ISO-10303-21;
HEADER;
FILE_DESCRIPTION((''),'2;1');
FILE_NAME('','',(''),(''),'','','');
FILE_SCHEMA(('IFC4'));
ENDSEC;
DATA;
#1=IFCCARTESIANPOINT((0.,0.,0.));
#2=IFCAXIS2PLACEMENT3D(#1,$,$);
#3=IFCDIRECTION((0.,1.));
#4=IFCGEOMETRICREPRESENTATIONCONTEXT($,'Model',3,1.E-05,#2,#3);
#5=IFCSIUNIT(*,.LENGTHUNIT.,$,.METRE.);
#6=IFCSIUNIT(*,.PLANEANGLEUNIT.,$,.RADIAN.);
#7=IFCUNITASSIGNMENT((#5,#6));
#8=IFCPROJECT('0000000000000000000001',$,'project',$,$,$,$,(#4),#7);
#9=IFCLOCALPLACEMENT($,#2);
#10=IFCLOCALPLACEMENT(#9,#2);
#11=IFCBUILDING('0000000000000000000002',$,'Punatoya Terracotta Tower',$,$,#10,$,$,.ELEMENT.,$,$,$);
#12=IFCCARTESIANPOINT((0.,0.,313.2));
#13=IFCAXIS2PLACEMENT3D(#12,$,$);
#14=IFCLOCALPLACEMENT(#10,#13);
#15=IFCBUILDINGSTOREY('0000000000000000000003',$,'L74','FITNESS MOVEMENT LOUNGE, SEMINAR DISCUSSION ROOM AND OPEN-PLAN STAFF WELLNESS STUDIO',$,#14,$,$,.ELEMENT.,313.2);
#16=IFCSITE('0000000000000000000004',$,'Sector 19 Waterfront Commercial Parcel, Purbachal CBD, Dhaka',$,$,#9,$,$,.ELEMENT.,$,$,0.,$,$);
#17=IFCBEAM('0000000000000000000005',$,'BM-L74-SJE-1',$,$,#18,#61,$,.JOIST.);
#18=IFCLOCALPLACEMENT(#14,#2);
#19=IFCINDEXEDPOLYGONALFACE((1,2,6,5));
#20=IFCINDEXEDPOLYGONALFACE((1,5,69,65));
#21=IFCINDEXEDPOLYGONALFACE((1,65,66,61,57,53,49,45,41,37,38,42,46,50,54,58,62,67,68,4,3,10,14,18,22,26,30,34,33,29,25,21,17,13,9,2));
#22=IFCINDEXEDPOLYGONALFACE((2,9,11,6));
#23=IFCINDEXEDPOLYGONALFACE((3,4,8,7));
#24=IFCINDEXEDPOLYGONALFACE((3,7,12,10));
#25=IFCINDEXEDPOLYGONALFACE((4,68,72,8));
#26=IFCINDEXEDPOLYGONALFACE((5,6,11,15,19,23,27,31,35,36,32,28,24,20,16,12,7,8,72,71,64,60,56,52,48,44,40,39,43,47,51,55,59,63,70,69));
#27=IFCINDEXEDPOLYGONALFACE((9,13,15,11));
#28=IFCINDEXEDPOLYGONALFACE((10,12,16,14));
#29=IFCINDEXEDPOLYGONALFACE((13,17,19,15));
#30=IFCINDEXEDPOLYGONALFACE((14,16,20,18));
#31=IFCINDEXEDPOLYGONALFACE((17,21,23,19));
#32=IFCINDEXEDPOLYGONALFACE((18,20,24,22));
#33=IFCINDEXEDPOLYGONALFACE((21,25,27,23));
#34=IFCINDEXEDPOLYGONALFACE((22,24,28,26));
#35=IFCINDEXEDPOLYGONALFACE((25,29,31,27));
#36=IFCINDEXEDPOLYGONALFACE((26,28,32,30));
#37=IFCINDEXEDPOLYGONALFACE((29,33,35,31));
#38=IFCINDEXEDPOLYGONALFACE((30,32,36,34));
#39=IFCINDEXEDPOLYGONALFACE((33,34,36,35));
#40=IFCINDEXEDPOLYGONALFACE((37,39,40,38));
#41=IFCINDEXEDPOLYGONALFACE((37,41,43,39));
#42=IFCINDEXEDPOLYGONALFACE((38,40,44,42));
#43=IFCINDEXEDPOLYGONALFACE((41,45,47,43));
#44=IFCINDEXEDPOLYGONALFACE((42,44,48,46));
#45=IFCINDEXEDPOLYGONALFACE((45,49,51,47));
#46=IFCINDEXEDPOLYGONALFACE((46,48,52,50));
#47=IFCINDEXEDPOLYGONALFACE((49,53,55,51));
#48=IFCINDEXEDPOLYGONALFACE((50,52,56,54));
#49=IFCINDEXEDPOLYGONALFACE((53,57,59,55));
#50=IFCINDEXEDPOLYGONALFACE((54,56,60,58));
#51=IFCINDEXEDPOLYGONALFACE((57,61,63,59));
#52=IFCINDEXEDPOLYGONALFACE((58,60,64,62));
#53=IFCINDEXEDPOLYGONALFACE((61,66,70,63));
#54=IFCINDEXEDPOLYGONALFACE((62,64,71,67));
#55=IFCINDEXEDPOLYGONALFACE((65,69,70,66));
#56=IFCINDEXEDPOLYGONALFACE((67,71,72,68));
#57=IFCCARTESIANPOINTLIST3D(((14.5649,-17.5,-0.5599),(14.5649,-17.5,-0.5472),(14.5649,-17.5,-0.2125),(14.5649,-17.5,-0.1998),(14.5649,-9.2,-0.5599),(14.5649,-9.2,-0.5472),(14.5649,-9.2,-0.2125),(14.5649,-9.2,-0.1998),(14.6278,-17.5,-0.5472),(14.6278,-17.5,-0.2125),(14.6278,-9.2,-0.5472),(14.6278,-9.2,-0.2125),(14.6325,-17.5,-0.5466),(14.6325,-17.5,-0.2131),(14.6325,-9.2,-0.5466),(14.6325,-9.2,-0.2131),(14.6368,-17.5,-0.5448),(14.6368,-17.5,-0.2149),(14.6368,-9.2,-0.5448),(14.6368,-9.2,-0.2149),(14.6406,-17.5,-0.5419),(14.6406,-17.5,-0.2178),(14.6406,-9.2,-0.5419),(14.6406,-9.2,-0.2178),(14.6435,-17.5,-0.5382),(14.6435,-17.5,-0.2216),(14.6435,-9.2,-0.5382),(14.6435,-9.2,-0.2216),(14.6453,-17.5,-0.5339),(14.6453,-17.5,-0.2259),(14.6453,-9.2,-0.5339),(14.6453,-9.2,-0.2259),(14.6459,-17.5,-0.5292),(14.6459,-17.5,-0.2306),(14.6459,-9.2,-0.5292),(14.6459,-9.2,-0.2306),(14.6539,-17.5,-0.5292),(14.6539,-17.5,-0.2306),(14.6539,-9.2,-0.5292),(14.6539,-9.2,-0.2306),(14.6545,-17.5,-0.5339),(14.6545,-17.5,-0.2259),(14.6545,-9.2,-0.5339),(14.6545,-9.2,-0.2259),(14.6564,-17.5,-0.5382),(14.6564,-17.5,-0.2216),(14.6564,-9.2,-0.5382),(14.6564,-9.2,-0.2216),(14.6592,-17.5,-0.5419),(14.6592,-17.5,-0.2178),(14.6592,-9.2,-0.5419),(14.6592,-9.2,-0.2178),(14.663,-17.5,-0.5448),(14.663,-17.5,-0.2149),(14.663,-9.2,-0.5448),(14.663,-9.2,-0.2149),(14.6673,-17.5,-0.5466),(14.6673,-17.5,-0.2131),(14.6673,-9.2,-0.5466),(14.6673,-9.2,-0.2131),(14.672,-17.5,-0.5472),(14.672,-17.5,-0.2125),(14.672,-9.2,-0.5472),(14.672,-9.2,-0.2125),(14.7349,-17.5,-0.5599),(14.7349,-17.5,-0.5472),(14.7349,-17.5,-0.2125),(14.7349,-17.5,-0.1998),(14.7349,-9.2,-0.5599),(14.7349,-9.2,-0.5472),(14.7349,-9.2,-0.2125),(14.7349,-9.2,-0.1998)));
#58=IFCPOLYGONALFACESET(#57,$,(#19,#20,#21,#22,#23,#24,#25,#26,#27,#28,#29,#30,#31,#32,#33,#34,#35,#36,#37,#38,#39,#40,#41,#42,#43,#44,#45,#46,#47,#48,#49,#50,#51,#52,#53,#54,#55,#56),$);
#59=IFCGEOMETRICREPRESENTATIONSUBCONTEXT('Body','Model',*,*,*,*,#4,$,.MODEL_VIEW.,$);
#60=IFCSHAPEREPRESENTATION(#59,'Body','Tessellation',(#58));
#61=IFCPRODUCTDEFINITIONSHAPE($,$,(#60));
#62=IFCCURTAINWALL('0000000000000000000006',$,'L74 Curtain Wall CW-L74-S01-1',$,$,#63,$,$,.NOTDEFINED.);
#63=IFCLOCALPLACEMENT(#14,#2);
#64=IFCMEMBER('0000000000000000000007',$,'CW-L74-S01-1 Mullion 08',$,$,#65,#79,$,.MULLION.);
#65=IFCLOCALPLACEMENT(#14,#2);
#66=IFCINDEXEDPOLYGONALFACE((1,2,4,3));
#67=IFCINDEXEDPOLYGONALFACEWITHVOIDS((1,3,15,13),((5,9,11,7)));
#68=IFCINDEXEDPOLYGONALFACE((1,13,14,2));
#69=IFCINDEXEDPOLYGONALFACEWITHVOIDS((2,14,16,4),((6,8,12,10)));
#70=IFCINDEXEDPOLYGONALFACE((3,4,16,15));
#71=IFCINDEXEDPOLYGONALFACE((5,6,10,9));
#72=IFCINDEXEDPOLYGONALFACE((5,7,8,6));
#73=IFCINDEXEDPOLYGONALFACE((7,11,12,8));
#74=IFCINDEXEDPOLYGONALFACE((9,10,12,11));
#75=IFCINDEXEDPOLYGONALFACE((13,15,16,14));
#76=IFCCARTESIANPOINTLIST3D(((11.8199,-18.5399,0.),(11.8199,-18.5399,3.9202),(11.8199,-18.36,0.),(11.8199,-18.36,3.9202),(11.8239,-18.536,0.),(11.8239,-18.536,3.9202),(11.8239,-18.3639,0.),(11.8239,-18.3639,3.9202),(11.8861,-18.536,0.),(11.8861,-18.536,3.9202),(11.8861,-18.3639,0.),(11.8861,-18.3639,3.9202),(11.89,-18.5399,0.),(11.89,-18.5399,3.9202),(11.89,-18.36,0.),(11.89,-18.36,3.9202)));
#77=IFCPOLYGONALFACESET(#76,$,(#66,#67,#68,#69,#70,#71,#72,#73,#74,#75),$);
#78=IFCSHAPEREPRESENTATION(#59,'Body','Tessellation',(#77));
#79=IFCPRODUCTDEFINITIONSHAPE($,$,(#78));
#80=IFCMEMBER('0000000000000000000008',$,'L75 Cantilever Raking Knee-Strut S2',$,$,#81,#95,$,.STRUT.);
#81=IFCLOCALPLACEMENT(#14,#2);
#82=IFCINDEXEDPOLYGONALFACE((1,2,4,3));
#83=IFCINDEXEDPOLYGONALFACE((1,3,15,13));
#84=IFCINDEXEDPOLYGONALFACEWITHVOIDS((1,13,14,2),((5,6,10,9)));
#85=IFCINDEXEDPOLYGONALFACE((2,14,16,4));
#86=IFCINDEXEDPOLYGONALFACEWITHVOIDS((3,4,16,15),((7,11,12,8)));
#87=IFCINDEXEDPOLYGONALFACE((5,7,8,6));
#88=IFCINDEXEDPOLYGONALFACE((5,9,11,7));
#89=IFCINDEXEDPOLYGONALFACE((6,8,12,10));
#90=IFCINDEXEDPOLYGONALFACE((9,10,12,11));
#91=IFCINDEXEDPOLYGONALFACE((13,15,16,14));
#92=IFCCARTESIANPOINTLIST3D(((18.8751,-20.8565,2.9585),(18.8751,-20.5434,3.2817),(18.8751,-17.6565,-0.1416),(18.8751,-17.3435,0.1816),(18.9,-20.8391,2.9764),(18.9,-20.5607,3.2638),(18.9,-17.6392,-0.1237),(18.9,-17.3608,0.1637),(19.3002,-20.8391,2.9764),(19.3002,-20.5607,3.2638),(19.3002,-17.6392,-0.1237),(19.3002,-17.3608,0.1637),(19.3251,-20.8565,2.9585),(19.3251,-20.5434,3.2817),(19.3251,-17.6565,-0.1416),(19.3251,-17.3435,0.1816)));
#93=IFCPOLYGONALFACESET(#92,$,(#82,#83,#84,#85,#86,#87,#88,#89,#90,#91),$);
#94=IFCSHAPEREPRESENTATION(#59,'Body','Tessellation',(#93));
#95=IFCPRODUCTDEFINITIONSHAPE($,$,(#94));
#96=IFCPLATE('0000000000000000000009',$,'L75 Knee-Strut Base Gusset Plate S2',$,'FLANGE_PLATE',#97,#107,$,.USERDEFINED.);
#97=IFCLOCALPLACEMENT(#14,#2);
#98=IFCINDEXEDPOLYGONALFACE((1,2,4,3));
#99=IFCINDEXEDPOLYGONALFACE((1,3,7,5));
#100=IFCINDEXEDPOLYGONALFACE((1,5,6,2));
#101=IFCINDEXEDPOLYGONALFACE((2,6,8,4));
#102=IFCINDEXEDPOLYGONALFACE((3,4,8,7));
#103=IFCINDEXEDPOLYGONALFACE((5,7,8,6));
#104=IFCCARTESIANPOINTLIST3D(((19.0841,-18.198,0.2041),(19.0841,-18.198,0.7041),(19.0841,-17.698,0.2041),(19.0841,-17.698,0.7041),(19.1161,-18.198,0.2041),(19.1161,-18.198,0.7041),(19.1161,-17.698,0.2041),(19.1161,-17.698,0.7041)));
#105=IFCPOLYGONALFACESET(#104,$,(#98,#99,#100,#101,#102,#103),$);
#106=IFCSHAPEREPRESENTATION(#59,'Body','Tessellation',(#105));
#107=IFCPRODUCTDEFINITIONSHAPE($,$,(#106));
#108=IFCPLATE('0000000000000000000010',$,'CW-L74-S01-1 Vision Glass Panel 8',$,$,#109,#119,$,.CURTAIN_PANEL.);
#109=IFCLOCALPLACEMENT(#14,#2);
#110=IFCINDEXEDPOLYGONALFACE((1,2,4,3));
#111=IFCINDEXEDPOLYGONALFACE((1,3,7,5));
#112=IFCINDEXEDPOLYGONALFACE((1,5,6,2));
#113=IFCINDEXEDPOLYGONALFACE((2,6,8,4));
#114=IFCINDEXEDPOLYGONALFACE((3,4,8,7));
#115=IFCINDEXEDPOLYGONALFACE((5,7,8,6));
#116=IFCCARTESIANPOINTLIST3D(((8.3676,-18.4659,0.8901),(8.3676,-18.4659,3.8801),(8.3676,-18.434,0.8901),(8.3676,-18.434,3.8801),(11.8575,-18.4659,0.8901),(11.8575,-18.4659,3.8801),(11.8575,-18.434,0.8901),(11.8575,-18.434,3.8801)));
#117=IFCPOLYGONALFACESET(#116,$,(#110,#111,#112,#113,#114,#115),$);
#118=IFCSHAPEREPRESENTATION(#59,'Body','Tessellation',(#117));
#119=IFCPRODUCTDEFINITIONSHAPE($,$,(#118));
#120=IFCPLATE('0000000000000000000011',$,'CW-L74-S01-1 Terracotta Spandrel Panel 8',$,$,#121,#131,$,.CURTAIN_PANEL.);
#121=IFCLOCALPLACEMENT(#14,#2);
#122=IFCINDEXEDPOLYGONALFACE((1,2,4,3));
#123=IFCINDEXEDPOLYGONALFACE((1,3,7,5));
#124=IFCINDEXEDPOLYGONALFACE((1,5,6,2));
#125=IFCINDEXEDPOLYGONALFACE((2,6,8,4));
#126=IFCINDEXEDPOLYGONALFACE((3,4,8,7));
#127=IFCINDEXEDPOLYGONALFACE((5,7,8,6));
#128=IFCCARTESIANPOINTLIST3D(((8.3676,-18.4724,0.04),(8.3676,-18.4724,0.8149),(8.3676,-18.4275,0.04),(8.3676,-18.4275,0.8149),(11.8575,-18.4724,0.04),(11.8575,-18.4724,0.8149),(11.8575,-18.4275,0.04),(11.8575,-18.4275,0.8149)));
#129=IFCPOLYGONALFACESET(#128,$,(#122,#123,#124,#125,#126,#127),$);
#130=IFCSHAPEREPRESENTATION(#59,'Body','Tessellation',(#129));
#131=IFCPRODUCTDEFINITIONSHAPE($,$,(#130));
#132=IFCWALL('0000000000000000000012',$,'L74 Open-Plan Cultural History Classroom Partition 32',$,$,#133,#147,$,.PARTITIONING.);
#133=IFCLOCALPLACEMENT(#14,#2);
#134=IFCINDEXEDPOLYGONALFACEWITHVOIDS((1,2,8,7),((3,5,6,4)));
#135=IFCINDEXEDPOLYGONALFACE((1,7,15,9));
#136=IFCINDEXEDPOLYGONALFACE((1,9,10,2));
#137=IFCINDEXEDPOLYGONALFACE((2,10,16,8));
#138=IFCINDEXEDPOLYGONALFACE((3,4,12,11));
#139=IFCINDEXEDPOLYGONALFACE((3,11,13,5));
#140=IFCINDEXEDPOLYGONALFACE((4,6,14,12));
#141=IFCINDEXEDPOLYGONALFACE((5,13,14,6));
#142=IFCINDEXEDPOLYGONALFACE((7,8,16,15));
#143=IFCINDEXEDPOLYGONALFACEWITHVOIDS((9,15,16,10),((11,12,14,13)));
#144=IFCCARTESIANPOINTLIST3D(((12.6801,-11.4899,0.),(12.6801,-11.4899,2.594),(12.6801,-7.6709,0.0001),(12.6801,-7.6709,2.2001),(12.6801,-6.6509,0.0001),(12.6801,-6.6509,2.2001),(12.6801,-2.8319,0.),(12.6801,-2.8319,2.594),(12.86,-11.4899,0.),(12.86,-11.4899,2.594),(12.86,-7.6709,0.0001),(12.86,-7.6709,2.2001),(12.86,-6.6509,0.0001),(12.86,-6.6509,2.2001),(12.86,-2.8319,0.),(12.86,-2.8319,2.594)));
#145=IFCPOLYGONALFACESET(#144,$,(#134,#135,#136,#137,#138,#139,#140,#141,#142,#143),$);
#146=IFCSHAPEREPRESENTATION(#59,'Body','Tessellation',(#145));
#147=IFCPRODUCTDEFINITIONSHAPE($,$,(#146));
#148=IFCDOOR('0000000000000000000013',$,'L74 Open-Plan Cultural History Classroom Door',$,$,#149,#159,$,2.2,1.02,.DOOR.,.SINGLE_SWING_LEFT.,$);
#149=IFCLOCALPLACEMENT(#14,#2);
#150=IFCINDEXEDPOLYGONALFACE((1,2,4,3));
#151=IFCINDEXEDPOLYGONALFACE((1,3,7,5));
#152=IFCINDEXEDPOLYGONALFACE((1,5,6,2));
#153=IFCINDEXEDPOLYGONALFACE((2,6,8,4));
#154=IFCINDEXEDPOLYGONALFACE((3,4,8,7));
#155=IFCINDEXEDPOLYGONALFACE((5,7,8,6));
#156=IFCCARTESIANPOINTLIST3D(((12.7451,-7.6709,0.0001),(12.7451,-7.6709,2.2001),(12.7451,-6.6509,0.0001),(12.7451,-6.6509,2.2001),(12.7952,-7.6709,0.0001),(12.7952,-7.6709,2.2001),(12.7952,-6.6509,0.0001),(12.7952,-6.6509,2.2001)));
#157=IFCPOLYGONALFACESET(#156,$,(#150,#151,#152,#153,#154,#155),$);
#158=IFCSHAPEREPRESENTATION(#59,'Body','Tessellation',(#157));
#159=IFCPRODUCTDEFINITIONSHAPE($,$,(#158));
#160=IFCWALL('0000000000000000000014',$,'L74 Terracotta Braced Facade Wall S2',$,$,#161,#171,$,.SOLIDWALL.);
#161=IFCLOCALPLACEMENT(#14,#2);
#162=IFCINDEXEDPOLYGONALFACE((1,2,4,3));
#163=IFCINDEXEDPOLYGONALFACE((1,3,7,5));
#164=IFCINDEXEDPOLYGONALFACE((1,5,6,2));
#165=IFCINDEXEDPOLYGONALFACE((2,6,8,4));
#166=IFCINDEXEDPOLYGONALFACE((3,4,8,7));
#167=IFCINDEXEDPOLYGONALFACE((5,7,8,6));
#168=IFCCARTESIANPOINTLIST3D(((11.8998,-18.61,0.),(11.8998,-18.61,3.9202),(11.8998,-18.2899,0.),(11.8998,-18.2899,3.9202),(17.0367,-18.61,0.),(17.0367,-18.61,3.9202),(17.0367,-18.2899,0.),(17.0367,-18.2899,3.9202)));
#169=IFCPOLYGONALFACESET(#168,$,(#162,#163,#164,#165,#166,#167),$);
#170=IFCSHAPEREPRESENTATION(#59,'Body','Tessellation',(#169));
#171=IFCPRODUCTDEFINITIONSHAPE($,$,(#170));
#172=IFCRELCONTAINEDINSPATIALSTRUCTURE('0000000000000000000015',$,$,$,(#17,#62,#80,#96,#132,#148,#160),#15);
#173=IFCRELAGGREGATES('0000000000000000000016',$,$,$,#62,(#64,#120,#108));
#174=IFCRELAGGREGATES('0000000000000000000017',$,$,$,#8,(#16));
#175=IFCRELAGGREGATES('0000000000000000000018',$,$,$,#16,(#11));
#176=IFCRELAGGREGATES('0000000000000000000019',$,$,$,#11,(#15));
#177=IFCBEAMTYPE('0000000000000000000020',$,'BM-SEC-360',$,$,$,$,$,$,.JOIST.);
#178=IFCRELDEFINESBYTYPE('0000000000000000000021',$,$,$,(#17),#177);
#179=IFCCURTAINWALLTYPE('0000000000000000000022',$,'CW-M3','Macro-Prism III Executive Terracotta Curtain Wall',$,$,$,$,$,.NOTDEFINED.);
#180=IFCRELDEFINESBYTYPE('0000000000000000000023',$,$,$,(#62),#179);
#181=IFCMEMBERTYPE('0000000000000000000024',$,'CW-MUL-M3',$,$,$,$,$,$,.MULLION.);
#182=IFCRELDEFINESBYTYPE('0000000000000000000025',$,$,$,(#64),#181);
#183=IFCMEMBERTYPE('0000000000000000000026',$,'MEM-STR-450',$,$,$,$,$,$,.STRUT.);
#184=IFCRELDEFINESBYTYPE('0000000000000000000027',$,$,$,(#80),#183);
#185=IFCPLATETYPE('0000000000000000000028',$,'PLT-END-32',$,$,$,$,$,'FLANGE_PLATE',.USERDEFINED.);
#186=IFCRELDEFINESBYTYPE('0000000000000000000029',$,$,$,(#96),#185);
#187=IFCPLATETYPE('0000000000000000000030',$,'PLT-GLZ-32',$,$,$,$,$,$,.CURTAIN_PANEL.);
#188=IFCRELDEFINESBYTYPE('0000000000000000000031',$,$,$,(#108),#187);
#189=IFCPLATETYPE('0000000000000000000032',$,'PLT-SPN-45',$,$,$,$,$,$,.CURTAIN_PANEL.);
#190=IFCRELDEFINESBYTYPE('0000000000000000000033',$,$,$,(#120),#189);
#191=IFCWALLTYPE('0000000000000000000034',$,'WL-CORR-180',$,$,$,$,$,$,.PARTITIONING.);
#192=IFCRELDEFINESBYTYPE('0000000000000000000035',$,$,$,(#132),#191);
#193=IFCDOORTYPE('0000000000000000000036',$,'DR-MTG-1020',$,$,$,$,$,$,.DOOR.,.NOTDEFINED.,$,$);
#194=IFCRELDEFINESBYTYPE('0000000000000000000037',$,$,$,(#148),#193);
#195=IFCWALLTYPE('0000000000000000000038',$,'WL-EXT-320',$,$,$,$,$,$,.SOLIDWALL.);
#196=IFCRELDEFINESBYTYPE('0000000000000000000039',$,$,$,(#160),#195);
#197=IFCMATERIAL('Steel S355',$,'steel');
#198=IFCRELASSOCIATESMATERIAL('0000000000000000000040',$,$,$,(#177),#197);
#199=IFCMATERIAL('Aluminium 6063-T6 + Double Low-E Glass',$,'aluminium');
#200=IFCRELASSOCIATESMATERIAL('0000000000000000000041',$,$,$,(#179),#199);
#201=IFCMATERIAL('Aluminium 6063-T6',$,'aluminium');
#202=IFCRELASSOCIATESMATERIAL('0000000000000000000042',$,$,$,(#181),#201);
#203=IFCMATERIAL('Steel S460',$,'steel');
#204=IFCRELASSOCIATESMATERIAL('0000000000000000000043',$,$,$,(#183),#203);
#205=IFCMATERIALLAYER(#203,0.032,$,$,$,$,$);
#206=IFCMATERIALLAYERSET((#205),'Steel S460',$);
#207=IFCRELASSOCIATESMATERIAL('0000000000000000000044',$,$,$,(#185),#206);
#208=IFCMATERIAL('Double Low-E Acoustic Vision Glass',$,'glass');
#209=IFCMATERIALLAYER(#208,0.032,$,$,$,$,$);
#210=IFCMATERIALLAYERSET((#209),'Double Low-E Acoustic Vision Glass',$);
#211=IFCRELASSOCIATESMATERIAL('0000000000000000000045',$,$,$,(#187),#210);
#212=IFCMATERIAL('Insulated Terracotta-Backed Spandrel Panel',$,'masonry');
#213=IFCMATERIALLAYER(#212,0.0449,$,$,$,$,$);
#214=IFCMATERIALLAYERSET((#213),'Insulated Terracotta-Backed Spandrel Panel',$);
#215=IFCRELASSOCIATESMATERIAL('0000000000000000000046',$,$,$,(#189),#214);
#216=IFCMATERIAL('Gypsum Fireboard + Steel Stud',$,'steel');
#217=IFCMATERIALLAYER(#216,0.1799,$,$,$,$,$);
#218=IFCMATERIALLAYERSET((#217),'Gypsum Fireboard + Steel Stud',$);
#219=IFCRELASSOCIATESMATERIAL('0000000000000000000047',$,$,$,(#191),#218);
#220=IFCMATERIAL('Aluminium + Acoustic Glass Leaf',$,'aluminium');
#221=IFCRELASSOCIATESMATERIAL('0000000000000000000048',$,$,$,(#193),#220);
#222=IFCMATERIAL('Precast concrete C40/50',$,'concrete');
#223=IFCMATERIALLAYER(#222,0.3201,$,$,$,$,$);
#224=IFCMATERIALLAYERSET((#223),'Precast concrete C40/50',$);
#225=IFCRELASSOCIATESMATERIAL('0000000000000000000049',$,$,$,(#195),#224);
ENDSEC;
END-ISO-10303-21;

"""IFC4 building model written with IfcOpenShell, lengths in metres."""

from ifc_helpers import new_model, si_unit, direction, frame, frame_2d, origin, origin_2d, place, context, subcontext, project, spatial, rectangle, hollow_rectangle, i_section, extrude, material, layer, layer_set, material_profile, profile_set, type_object, element, fill, aggregate, save


model = new_model("IFC4")

# Units and contexts
model_context = context("Model", 3, precision=1e-05, world=origin(), true_north=direction((0.0, 1.0)))
body_context = subcontext(model_context, "Body", "Model", "MODEL_VIEW")
ifc_project = project(units=[si_unit("LENGTHUNIT", "METRE"), si_unit("PLANEANGLEUNIT", "RADIAN")], contexts=[model_context])

# Site, building, storey
site_placement = place(None, origin())
site = spatial("IfcSite", under=ifc_project, at=site_placement, Name="Sector 19 Waterfront Commercial Parcel, Purbachal CBD, Dhaka", CompositionType="ELEMENT", RefElevation=0.0)
building_placement = place(site_placement, origin())
building = spatial("IfcBuilding", under=site, at=building_placement, Name="Punatoya Terracotta Tower", CompositionType="ELEMENT")
storey_placement = place(building_placement, frame((0.0, 0.0, 313.2)))
storey = spatial("IfcBuildingStorey", under=building, at=storey_placement, Name="L74", Description="FITNESS MOVEMENT LOUNGE, SEMINAR DISCUSSION ROOM AND OPEN-PLAN STAFF WELLNESS STUDIO", CompositionType="ELEMENT", Elevation=313.2)

# Shared definitions
ifc_material_1 = material(Name="Steel S460", Category="steel")

# Beam
ifc_material_2 = material(Name="Steel S355", Category="steel")
ifc_material_profile_1 = material_profile(ifc_material_2, i_section(OverallWidth=0.1699, OverallDepth=0.3601, WebThickness=0.0081, FlangeThickness=0.0127, FilletRadius=0.0181, at=origin_2d()))
ifc_profile_set_1 = profile_set([ifc_material_profile_1], Name="Steel S355")
beam_type_1 = type_object("IfcBeamType", Name="BM-SEC-360", PredefinedType="JOIST", material=ifc_profile_set_1)
beam_1_placement = place(storey_placement, frame((14.6499, -17.5, -0.3799), z_axis=(0.0, 1.0, 0.0), x_axis=(-1.0, 0.0, 0.0)))
element("IfcBeam", 1, at=beam_1_placement, inside=storey, type_object=beam_type_1, Name="BM-L74-SJE-1", PredefinedType="JOIST", context=body_context, shape_type="SweptSolid", body=[
    extrude(i_section(OverallWidth=0.1699, OverallDepth=0.3601, WebThickness=0.0081, FlangeThickness=0.0127, FilletRadius=0.0181, at=origin_2d()), origin(), (0.0, 0.0, 1.0), 8.3),
])

# Curtain wall, member
ifc_material_3 = material(Name="Aluminium 6063-T6 + Double Low-E Glass", Category="aluminium")
curtain_wall_type = type_object("IfcCurtainWallType", Name="CW-M3", Description="Macro-Prism III Executive Terracotta Curtain Wall", PredefinedType="NOTDEFINED", material=ifc_material_3)
curtain_wall_placement = place(storey_placement, origin())
curtain_wall = element("IfcCurtainWall", 2, at=curtain_wall_placement, inside=storey, type_object=curtain_wall_type, Name="L74 Curtain Wall CW-L74-S01-1", PredefinedType="NOTDEFINED")
ifc_material_4 = material(Name="Aluminium 6063-T6", Category="aluminium")
ifc_material_profile_2 = material_profile(ifc_material_4, hollow_rectangle(XDim=0.0701, YDim=0.1799, WallThickness=0.0039, at=origin_2d()))
ifc_profile_set_2 = profile_set([ifc_material_profile_2], Name="Aluminium 6063-T6")
member_type_1 = type_object("IfcMemberType", Name="CW-MUL-M3", PredefinedType="MULLION", material=ifc_profile_set_2)
member_1_placement = place(storey_placement, frame((11.855, -18.45, 0.0), z_axis=(0.0, 0.0, 1.0), x_axis=(1.0, 0.0, 0.0)))
member_1 = element("IfcMember", 3, at=member_1_placement, type_object=member_type_1, Name="CW-L74-S01-1 Mullion 08", PredefinedType="MULLION", context=body_context, shape_type="SweptSolid", body=[
    extrude(hollow_rectangle(XDim=0.0701, YDim=0.1799, WallThickness=0.0039, at=origin_2d()), origin(), (0.0, 0.0, 1.0), 3.9202),
])

# Member
ifc_material_profile_3 = material_profile(ifc_material_1, hollow_rectangle(XDim=0.45, YDim=0.45, WallThickness=0.0249, at=origin_2d()))
ifc_profile_set_3 = profile_set([ifc_material_profile_3], Name="Steel S460")
member_type_2 = type_object("IfcMemberType", Name="MEM-STR-450", PredefinedType="STRUT", material=ifc_profile_set_3)
member_2_placement = place(storey_placement, frame((19.1001, -17.5, 0.02), z_axis=(0.0, -0.718224, 0.695812), x_axis=(1.0, 0.0, 0.0)))
element("IfcMember", 4, at=member_2_placement, inside=storey, type_object=member_type_2, Name="L75 Cantilever Raking Knee-Strut S2", PredefinedType="STRUT", context=body_context, shape_type="SweptSolid", body=[
    extrude(hollow_rectangle(XDim=0.45, YDim=0.45, WallThickness=0.0249, at=origin_2d()), origin(), (0.0, 0.0, 1.0), 4.4553),
])

# Plates
ifc_layer_1 = layer(ifc_material_1, 0.032)
ifc_layer_set_1 = layer_set([ifc_layer_1], Name="Steel S460")
plate_type_1 = type_object("IfcPlateType", Name="PLT-END-32", ElementType="FLANGE_PLATE", PredefinedType="USERDEFINED", material=ifc_layer_set_1)
plate_1_placement = place(storey_placement, frame((19.1001, -17.948, 0.2041), z_axis=(0.0, 0.0, 1.0), x_axis=(0.0, 1.0, 0.0)))
element("IfcPlate", 5, at=plate_1_placement, inside=storey, type_object=plate_type_1, Name="L75 Knee-Strut Base Gusset Plate S2", ObjectType="FLANGE_PLATE", PredefinedType="USERDEFINED", context=body_context, shape_type="SweptSolid", body=[
    extrude(rectangle(XDim=0.5, YDim=0.032, at=origin_2d()), origin(), (0.0, 0.0, 1.0), 0.5),
])
ifc_material_5 = material(Name="Double Low-E Acoustic Vision Glass", Category="glass")
ifc_layer_2 = layer(ifc_material_5, 0.032)
ifc_layer_set_2 = layer_set([ifc_layer_2], Name="Double Low-E Acoustic Vision Glass")
plate_type_2 = type_object("IfcPlateType", Name="PLT-GLZ-32", PredefinedType="CURTAIN_PANEL", material=ifc_layer_set_2)
plate_2_placement = place(storey_placement, frame((10.1125, -18.45, 0.8901), z_axis=(0.0, 0.0, 1.0), x_axis=(1.0, 0.0, 0.0)))
plate_2 = element("IfcPlate", 6, at=plate_2_placement, type_object=plate_type_2, Name="CW-L74-S01-1 Vision Glass Panel 8", PredefinedType="CURTAIN_PANEL", context=body_context, shape_type="SweptSolid", body=[
    extrude(rectangle(XDim=3.49, YDim=0.032, at=origin_2d()), origin(), (0.0, 0.0, 1.0), 2.99),
])
ifc_material_6 = material(Name="Insulated Terracotta-Backed Spandrel Panel", Category="masonry")
ifc_layer_3 = layer(ifc_material_6, 0.0449)
ifc_layer_set_3 = layer_set([ifc_layer_3], Name="Insulated Terracotta-Backed Spandrel Panel")
plate_type_3 = type_object("IfcPlateType", Name="PLT-SPN-45", PredefinedType="CURTAIN_PANEL", material=ifc_layer_set_3)
plate_3_placement = place(storey_placement, frame((10.1125, -18.45, 0.04), z_axis=(0.0, 0.0, 1.0), x_axis=(1.0, 0.0, 0.0)))
plate_3 = element("IfcPlate", 7, at=plate_3_placement, type_object=plate_type_3, Name="CW-L74-S01-1 Terracotta Spandrel Panel 8", PredefinedType="CURTAIN_PANEL", context=body_context, shape_type="SweptSolid", body=[
    extrude(rectangle(XDim=3.49, YDim=0.0449, at=origin_2d()), origin(), (0.0, 0.0, 1.0), 0.7749),
])
aggregate(curtain_wall, [member_1, plate_3, plate_2])

# Wall, opening, door
ifc_material_7 = material(Name="Gypsum Fireboard + Steel Stud", Category="steel")
ifc_layer_4 = layer(ifc_material_7, 0.1799)
ifc_layer_set_4 = layer_set([ifc_layer_4], Name="Gypsum Fireboard + Steel Stud")
wall_type_1 = type_object("IfcWallType", Name="WL-CORR-180", PredefinedType="PARTITIONING", material=ifc_layer_set_4)
wall_1_placement = place(storey_placement, frame((12.77, -11.49, 0.0), z_axis=(0.0, 0.0, 1.0), x_axis=(0.0, 1.0, 0.0)))
wall_1 = element("IfcWall", 8, at=wall_1_placement, inside=storey, type_object=wall_type_1, Name="L74 Open-Plan Cultural History Classroom Partition 32", PredefinedType="PARTITIONING", context=body_context, shape_type="SweptSolid", body=[
    extrude(rectangle(XDim=8.658, YDim=0.1799, at=frame_2d((4.3291, 0.0))), origin(), (0.0, 0.0, 1.0), 2.594),
])
opening_placement = place(wall_1_placement, frame((3.8191, 0.0, 0.0)))
opening = element("IfcOpeningElement", 9, at=opening_placement, cuts=wall_1, PredefinedType="OPENING", context=body_context, shape_type="SweptSolid", body=[
    extrude(rectangle(XDim=1.02, YDim=2.2, at=frame_2d((0.51, 1.1001))), frame((0.0, 0.0999, 0.0), z_axis=(0.0, -1.0, 0.0), x_axis=(1.0, 0.0, 0.0)), (0.0, 0.0, 1.0), 0.2),
])
ifc_material_8 = material(Name="Aluminium + Acoustic Glass Leaf", Category="aluminium")
door_type = type_object("IfcDoorType", Name="DR-MTG-1020", OperationType="NOTDEFINED", PredefinedType="DOOR", material=ifc_material_8)
door_placement = place(opening_placement, origin())
door = element("IfcDoor", 10, at=door_placement, inside=storey, type_object=door_type, Name="L74 Open-Plan Cultural History Classroom Door", OperationType="SINGLE_SWING_LEFT", OverallHeight=2.2, OverallWidth=1.02, PredefinedType="DOOR", context=body_context, shape_type="SweptSolid", body=[
    extrude(rectangle(XDim=1.02, YDim=2.2, at=frame_2d((0.51, 1.1001))), frame((0.0, 0.0249, 0.0), z_axis=(0.0, -1.0, 0.0), x_axis=(1.0, 0.0, 0.0)), (0.0, 0.0, 1.0), 0.05),
])
fill(opening, door)

# Wall
ifc_material_9 = material(Name="Precast concrete C40/50", Category="concrete")
ifc_layer_5 = layer(ifc_material_9, 0.3201)
ifc_layer_set_5 = layer_set([ifc_layer_5], Name="Precast concrete C40/50")
wall_type_2 = type_object("IfcWallType", Name="WL-EXT-320", PredefinedType="SOLIDWALL", material=ifc_layer_set_5)
wall_2_placement = place(storey_placement, frame((11.8999, -18.45, 0.0), z_axis=(0.0, 0.0, 1.0), x_axis=(1.0, 0.0, 0.0)))
element("IfcWall", 11, at=wall_2_placement, inside=storey, type_object=wall_type_2, Name="L74 Terracotta Braced Facade Wall S2", PredefinedType="SOLIDWALL", context=body_context, shape_type="SweptSolid", body=[
    extrude(rectangle(XDim=5.137, YDim=0.3201, at=frame_2d((2.5684, 0.0))), origin(), (0.0, 0.0, 1.0), 3.9202),
])

save(model, "model.ifc")
